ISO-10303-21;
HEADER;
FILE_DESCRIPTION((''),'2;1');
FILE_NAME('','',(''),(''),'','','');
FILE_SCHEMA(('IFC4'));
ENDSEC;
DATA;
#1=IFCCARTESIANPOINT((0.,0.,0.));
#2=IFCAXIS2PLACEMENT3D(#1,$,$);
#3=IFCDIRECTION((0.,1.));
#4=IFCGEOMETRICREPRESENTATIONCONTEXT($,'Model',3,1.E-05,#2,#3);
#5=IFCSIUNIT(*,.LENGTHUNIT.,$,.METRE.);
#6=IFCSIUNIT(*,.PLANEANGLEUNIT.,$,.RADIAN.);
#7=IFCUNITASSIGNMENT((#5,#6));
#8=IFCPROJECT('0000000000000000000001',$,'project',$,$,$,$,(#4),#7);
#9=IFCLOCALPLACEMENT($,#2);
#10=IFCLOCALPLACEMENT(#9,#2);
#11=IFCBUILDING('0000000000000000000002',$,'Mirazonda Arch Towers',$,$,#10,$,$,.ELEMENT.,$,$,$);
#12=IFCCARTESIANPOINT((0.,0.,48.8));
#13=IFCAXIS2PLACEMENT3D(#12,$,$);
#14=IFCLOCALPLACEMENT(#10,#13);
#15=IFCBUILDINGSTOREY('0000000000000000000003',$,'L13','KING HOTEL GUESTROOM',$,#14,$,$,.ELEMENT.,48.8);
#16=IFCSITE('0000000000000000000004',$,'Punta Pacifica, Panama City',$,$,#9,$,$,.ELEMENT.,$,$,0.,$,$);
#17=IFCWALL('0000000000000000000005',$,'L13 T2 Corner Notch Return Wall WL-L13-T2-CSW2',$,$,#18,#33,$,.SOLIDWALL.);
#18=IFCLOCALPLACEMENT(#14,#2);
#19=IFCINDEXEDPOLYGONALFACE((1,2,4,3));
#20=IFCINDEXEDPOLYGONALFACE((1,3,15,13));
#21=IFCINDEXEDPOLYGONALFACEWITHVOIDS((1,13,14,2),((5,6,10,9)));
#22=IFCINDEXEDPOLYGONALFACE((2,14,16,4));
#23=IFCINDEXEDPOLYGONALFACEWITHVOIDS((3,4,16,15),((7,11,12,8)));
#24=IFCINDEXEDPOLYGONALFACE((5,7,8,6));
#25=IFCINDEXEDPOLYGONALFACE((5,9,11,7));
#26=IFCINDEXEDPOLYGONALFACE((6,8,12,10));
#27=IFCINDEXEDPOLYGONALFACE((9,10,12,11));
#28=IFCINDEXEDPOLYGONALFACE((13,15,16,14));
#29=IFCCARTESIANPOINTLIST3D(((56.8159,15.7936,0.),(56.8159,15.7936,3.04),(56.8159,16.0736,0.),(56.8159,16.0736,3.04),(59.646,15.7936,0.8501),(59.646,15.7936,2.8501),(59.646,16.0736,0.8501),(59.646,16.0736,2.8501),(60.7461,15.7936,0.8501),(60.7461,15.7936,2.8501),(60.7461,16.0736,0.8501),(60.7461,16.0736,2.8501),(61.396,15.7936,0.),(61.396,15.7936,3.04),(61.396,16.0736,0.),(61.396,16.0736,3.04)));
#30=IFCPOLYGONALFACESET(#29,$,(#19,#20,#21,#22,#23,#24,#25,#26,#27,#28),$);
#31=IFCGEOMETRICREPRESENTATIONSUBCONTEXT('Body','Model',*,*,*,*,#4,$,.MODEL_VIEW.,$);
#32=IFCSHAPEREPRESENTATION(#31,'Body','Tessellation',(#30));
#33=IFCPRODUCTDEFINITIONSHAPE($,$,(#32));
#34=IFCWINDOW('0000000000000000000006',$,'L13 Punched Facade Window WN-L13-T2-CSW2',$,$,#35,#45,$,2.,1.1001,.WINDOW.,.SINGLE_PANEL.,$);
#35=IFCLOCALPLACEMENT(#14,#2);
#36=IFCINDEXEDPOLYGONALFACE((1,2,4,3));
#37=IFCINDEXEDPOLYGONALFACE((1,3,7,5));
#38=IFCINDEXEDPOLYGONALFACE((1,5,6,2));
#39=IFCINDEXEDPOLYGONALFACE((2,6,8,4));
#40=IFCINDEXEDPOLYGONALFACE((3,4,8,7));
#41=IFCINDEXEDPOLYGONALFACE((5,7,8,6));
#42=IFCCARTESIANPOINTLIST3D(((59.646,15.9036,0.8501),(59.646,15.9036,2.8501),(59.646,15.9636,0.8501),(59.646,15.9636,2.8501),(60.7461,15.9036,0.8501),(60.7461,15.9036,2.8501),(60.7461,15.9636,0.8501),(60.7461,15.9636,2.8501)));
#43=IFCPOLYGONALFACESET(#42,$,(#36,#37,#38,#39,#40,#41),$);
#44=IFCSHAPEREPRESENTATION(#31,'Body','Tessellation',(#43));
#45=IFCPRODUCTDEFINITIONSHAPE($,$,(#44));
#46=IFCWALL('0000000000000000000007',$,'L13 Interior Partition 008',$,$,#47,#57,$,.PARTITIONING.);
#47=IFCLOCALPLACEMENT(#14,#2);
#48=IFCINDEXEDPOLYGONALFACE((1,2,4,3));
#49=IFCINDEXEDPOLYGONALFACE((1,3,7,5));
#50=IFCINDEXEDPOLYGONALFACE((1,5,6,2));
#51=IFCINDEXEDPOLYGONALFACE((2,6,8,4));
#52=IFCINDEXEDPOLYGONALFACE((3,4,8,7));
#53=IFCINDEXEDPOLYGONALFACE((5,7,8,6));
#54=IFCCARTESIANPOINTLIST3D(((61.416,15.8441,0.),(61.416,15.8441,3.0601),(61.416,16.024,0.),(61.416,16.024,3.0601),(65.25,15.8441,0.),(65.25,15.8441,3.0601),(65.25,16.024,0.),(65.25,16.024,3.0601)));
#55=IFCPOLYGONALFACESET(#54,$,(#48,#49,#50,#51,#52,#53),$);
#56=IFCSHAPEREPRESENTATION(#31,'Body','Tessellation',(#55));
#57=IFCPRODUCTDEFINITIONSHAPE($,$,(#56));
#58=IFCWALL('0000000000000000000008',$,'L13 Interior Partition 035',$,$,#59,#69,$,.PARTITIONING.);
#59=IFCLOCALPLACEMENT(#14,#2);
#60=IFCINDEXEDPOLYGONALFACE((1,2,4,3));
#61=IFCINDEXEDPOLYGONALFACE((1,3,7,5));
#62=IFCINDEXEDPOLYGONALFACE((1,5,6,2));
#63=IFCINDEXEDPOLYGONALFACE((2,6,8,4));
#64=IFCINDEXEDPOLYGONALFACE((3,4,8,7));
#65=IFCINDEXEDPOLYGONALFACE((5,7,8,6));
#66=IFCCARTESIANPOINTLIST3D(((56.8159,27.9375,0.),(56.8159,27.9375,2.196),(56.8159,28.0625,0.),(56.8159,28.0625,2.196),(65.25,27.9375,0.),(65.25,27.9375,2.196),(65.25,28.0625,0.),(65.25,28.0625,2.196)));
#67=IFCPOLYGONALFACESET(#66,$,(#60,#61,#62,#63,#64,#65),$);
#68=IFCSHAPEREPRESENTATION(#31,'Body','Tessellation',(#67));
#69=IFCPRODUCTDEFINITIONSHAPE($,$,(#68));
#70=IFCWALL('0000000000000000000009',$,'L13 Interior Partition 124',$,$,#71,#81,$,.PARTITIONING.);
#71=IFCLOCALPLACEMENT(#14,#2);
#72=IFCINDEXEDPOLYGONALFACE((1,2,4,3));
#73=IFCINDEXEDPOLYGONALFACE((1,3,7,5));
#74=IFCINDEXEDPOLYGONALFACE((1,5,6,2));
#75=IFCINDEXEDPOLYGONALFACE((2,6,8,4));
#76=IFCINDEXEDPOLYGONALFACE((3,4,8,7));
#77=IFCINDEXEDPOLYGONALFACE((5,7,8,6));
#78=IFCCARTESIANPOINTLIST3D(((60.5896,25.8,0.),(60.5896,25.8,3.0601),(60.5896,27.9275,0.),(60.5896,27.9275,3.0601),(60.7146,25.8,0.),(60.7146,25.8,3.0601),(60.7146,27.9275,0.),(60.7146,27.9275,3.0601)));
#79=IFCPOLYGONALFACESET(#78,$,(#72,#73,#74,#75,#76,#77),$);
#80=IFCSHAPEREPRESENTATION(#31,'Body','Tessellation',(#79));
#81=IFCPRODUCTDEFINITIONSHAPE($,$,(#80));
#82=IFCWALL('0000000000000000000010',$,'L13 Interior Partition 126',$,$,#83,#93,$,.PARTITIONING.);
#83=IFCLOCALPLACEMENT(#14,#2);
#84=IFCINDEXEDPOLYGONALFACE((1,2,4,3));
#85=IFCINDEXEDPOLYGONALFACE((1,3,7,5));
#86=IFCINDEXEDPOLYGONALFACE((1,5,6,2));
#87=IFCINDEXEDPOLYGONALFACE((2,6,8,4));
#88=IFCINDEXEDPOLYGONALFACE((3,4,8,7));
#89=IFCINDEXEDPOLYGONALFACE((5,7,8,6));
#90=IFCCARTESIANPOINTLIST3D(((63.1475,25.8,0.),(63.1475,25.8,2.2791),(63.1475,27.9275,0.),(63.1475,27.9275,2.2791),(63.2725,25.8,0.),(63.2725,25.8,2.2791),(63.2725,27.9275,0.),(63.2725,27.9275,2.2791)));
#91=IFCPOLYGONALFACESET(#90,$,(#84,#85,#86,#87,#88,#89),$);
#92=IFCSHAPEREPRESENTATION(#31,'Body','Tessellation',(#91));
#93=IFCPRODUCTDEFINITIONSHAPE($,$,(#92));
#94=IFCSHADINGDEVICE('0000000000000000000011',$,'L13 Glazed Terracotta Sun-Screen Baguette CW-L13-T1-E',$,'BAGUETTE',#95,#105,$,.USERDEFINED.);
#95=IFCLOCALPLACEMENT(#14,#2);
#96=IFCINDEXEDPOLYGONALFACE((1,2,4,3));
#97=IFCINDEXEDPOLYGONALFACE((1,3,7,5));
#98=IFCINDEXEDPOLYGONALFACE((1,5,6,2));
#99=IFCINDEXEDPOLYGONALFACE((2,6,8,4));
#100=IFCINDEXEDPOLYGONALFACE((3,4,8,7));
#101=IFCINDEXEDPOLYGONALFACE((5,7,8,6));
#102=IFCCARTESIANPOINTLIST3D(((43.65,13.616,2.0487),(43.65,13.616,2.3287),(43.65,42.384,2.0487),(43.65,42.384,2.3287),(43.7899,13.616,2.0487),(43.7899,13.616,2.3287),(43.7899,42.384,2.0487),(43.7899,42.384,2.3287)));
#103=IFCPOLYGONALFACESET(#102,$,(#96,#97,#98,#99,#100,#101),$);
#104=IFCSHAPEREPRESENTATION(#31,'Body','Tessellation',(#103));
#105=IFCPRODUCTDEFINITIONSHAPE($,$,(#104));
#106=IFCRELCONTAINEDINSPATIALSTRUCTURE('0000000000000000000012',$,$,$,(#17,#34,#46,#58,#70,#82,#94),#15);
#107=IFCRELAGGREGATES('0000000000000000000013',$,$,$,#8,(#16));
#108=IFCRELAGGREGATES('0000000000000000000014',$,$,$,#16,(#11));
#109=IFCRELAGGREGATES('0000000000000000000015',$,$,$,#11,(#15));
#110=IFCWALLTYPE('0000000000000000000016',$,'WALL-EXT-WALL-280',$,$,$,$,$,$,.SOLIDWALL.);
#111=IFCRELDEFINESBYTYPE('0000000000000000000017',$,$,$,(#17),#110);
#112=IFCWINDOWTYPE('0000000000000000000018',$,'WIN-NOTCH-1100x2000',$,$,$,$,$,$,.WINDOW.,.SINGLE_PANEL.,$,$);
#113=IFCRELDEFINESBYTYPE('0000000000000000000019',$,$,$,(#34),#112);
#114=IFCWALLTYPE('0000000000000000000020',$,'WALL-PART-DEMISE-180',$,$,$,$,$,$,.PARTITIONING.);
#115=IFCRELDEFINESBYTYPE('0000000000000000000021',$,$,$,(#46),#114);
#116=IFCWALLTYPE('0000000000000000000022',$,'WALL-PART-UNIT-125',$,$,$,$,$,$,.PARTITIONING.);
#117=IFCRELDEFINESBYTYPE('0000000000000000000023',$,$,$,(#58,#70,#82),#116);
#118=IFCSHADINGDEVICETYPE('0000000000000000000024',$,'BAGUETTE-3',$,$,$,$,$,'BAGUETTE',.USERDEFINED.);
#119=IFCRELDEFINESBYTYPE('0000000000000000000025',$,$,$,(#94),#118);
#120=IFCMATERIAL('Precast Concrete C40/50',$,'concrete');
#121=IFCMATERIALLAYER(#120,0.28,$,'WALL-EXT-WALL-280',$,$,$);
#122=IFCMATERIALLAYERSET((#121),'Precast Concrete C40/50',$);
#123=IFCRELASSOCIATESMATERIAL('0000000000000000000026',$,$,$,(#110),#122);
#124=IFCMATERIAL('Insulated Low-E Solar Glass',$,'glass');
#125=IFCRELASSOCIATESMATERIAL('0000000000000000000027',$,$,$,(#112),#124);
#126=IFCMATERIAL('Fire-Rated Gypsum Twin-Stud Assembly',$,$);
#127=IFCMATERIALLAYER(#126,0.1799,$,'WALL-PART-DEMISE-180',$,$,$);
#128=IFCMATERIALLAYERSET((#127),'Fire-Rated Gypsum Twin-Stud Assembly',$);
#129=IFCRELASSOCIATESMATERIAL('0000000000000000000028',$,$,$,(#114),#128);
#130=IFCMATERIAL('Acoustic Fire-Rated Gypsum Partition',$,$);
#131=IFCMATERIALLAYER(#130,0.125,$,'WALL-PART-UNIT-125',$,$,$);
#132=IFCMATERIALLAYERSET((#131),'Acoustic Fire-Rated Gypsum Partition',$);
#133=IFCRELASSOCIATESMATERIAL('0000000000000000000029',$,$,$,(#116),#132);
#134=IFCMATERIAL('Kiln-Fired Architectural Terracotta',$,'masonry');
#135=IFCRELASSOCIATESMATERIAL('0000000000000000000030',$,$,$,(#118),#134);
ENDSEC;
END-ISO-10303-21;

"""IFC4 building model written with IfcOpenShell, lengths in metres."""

from ifc_helpers import new_model, si_unit, direction, frame, frame_2d, origin, origin_2d, place, context, subcontext, project, spatial, rectangle, extrude, material, layer, layer_set, material_profile, profile_set, type_object, element, fill, save


model = new_model("IFC4")

# Units and contexts
model_context = context("Model", 3, precision=1e-05, world=origin(), true_north=direction((0.0, 1.0)))
body_context = subcontext(model_context, "Body", "Model", "MODEL_VIEW")
ifc_project = project(units=[si_unit("LENGTHUNIT", "METRE"), si_unit("PLANEANGLEUNIT", "RADIAN")], contexts=[model_context])

# Site, building, storey
site_placement = place(None, origin())
site = spatial("IfcSite", under=ifc_project, at=site_placement, Name="Punta Pacifica, Panama City", CompositionType="ELEMENT", RefElevation=0.0)
building_placement = place(site_placement, origin())
building = spatial("IfcBuilding", under=site, at=building_placement, Name="Mirazonda Arch Towers", CompositionType="ELEMENT")
storey_placement = place(building_placement, frame((0.0, 0.0, 48.8)))
storey = spatial("IfcBuildingStorey", under=building, at=storey_placement, Name="L13", Description="KING HOTEL GUESTROOM", CompositionType="ELEMENT", Elevation=48.8)

# Shared definitions
ifc_material_1 = material(Name="Insulated Low-E Solar Glass", Category="glass")

# Wall, opening, window
ifc_material_2 = material(Name="Precast Concrete C40/50", Category="concrete")
ifc_layer_1 = layer(ifc_material_2, 0.28, Name="WALL-EXT-WALL-280")
ifc_layer_set_1 = layer_set([ifc_layer_1], Name="Precast Concrete C40/50")
wall_type_1 = type_object("IfcWallType", Name="WALL-EXT-WALL-280", PredefinedType="SOLIDWALL", material=ifc_layer_set_1)
wall_1_placement = place(storey_placement, frame((56.8159, 15.9336, 0.0), z_axis=(0.0, 0.0, 1.0), x_axis=(1.0, 0.0, 0.0)))
wall_1 = element("IfcWall", 1, at=wall_1_placement, inside=storey, type_object=wall_type_1, Name="L13 T2 Corner Notch Return Wall WL-L13-T2-CSW2", PredefinedType="SOLIDWALL", context=body_context, shape_type="SweptSolid", body=[
    extrude(rectangle(XDim=4.5801, YDim=0.28, at=frame_2d((2.29, 0.0))), origin(), (0.0, 0.0, 1.0), 3.04),
])
opening_1_placement = place(wall_1_placement, frame((2.8301, 0.0, 0.8501)))
opening_1 = element("IfcOpeningElement", 2, at=opening_1_placement, cuts=wall_1, PredefinedType="OPENING", context=body_context, shape_type="SweptSolid", body=[
    extrude(rectangle(XDim=1.1001, YDim=2.0, at=frame_2d((0.55, 1.0))), frame((0.0, 0.1499, 0.0), z_axis=(0.0, -1.0, 0.0), x_axis=(1.0, 0.0, 0.0)), (0.0, 0.0, 1.0), 0.3),
])
window_type_1 = type_object("IfcWindowType", Name="WIN-NOTCH-1100x2000", PartitioningType="SINGLE_PANEL", PredefinedType="WINDOW", material=ifc_material_1)
window_1_placement = place(opening_1_placement, origin())
window_1 = element("IfcWindow", 3, at=window_1_placement, inside=storey, type_object=window_type_1, Name="L13 Punched Facade Window WN-L13-T2-CSW2", OverallHeight=2.0, OverallWidth=1.1001, PartitioningType="SINGLE_PANEL", PredefinedType="WINDOW", context=body_context, shape_type="SweptSolid", body=[
    extrude(rectangle(XDim=1.1001, YDim=2.0, at=frame_2d((0.55, 1.0))), frame((0.0, 0.03, 0.0), z_axis=(0.0, -1.0, 0.0), x_axis=(1.0, 0.0, 0.0)), (0.0, 0.0, 1.0), 0.0601),
])
fill(opening_1, window_1)

# Wall
ifc_material_3 = material(Name="Fire-Rated Gypsum Twin-Stud Assembly")
ifc_layer_2 = layer(ifc_material_3, 0.1799, Name="WALL-PART-DEMISE-180")
ifc_layer_set_2 = layer_set([ifc_layer_2], Name="Fire-Rated Gypsum Twin-Stud Assembly")
wall_type_2 = type_object("IfcWallType", Name="WALL-PART-DEMISE-180", PredefinedType="PARTITIONING", material=ifc_layer_set_2)
wall_2_placement = place(storey_placement, frame((61.416, 15.9341, 0.0), z_axis=(0.0, 0.0, 1.0), x_axis=(1.0, 0.0, 0.0)))
element("IfcWall", 4, at=wall_2_placement, inside=storey, type_object=wall_type_2, Name="L13 Interior Partition 008", PredefinedType="PARTITIONING", context=body_context, shape_type="SweptSolid", body=[
    extrude(rectangle(XDim=3.834, YDim=0.1799, at=frame_2d((1.917, 0.0))), origin(), (0.0, 0.0, 1.0), 3.0601),
])

# Walls
ifc_material_4 = material(Name="Acoustic Fire-Rated Gypsum Partition")
ifc_layer_3 = layer(ifc_material_4, 0.125, Name="WALL-PART-UNIT-125")
ifc_layer_set_3 = layer_set([ifc_layer_3], Name="Acoustic Fire-Rated Gypsum Partition")
wall_type_3 = type_object("IfcWallType", Name="WALL-PART-UNIT-125", PredefinedType="PARTITIONING", material=ifc_layer_set_3)
wall_3_placement = place(storey_placement, frame((56.8159, 28.0, 0.0), z_axis=(0.0, 0.0, 1.0), x_axis=(1.0, 0.0, 0.0)))
element("IfcWall", 5, at=wall_3_placement, inside=storey, type_object=wall_type_3, Name="L13 Interior Partition 035", PredefinedType="PARTITIONING", context=body_context, shape_type="SweptSolid", body=[
    extrude(rectangle(XDim=8.4341, YDim=0.125, at=frame_2d((4.217, 0.0))), origin(), (0.0, 0.0, 1.0), 2.196),
])
wall_4_placement = place(storey_placement, frame((60.6521, 25.8, 0.0), z_axis=(0.0, 0.0, 1.0), x_axis=(0.0, 1.0, 0.0)))
element("IfcWall", 6, at=wall_4_placement, inside=storey, type_object=wall_type_3, Name="L13 Interior Partition 124", PredefinedType="PARTITIONING", context=body_context, shape_type="SweptSolid", body=[
    extrude(rectangle(XDim=2.1274, YDim=0.125, at=frame_2d((1.0637, 0.0))), origin(), (0.0, 0.0, 1.0), 3.0601),
])
wall_5_placement = place(storey_placement, frame((63.21, 25.8, 0.0), z_axis=(0.0, 0.0, 1.0), x_axis=(0.0, 1.0, 0.0)))
element("IfcWall", 7, at=wall_5_placement, inside=storey, type_object=wall_type_3, Name="L13 Interior Partition 126", PredefinedType="PARTITIONING", context=body_context, shape_type="SweptSolid", body=[
    extrude(rectangle(XDim=2.1274, YDim=0.125, at=frame_2d((1.0637, 0.0))), origin(), (0.0, 0.0, 1.0), 2.2791),
])

# Shading device
ifc_material_5 = material(Name="Kiln-Fired Architectural Terracotta", Category="masonry")
ifc_material_profile_1 = material_profile(ifc_material_5, rectangle(XDim=0.1399, YDim=0.28, at=origin_2d()), Name="TERRA-BAG-140x280")
ifc_profile_set_1 = profile_set([ifc_material_profile_1], Name="Kiln-Fired Architectural Terracotta")
shading_device_type = type_object("IfcShadingDeviceType", Name="BAGUETTE-3", ElementType="BAGUETTE", PredefinedType="USERDEFINED", material=ifc_profile_set_1)
shading_device_placement = place(storey_placement, frame((43.72, 13.616, 2.1887), z_axis=(0.0, 1.0, 0.0), x_axis=(-1.0, 0.0, 0.0)))
element("IfcShadingDevice", 8, at=shading_device_placement, inside=storey, type_object=shading_device_type, Name="L13 Glazed Terracotta Sun-Screen Baguette CW-L13-T1-E", ObjectType="BAGUETTE", PredefinedType="USERDEFINED", context=body_context, shape_type="SweptSolid", body=[
    extrude(rectangle(XDim=0.1399, YDim=0.28, at=origin_2d()), origin(), (0.0, 0.0, 1.0), 28.7681),
])

save(model, "model.ifc")
